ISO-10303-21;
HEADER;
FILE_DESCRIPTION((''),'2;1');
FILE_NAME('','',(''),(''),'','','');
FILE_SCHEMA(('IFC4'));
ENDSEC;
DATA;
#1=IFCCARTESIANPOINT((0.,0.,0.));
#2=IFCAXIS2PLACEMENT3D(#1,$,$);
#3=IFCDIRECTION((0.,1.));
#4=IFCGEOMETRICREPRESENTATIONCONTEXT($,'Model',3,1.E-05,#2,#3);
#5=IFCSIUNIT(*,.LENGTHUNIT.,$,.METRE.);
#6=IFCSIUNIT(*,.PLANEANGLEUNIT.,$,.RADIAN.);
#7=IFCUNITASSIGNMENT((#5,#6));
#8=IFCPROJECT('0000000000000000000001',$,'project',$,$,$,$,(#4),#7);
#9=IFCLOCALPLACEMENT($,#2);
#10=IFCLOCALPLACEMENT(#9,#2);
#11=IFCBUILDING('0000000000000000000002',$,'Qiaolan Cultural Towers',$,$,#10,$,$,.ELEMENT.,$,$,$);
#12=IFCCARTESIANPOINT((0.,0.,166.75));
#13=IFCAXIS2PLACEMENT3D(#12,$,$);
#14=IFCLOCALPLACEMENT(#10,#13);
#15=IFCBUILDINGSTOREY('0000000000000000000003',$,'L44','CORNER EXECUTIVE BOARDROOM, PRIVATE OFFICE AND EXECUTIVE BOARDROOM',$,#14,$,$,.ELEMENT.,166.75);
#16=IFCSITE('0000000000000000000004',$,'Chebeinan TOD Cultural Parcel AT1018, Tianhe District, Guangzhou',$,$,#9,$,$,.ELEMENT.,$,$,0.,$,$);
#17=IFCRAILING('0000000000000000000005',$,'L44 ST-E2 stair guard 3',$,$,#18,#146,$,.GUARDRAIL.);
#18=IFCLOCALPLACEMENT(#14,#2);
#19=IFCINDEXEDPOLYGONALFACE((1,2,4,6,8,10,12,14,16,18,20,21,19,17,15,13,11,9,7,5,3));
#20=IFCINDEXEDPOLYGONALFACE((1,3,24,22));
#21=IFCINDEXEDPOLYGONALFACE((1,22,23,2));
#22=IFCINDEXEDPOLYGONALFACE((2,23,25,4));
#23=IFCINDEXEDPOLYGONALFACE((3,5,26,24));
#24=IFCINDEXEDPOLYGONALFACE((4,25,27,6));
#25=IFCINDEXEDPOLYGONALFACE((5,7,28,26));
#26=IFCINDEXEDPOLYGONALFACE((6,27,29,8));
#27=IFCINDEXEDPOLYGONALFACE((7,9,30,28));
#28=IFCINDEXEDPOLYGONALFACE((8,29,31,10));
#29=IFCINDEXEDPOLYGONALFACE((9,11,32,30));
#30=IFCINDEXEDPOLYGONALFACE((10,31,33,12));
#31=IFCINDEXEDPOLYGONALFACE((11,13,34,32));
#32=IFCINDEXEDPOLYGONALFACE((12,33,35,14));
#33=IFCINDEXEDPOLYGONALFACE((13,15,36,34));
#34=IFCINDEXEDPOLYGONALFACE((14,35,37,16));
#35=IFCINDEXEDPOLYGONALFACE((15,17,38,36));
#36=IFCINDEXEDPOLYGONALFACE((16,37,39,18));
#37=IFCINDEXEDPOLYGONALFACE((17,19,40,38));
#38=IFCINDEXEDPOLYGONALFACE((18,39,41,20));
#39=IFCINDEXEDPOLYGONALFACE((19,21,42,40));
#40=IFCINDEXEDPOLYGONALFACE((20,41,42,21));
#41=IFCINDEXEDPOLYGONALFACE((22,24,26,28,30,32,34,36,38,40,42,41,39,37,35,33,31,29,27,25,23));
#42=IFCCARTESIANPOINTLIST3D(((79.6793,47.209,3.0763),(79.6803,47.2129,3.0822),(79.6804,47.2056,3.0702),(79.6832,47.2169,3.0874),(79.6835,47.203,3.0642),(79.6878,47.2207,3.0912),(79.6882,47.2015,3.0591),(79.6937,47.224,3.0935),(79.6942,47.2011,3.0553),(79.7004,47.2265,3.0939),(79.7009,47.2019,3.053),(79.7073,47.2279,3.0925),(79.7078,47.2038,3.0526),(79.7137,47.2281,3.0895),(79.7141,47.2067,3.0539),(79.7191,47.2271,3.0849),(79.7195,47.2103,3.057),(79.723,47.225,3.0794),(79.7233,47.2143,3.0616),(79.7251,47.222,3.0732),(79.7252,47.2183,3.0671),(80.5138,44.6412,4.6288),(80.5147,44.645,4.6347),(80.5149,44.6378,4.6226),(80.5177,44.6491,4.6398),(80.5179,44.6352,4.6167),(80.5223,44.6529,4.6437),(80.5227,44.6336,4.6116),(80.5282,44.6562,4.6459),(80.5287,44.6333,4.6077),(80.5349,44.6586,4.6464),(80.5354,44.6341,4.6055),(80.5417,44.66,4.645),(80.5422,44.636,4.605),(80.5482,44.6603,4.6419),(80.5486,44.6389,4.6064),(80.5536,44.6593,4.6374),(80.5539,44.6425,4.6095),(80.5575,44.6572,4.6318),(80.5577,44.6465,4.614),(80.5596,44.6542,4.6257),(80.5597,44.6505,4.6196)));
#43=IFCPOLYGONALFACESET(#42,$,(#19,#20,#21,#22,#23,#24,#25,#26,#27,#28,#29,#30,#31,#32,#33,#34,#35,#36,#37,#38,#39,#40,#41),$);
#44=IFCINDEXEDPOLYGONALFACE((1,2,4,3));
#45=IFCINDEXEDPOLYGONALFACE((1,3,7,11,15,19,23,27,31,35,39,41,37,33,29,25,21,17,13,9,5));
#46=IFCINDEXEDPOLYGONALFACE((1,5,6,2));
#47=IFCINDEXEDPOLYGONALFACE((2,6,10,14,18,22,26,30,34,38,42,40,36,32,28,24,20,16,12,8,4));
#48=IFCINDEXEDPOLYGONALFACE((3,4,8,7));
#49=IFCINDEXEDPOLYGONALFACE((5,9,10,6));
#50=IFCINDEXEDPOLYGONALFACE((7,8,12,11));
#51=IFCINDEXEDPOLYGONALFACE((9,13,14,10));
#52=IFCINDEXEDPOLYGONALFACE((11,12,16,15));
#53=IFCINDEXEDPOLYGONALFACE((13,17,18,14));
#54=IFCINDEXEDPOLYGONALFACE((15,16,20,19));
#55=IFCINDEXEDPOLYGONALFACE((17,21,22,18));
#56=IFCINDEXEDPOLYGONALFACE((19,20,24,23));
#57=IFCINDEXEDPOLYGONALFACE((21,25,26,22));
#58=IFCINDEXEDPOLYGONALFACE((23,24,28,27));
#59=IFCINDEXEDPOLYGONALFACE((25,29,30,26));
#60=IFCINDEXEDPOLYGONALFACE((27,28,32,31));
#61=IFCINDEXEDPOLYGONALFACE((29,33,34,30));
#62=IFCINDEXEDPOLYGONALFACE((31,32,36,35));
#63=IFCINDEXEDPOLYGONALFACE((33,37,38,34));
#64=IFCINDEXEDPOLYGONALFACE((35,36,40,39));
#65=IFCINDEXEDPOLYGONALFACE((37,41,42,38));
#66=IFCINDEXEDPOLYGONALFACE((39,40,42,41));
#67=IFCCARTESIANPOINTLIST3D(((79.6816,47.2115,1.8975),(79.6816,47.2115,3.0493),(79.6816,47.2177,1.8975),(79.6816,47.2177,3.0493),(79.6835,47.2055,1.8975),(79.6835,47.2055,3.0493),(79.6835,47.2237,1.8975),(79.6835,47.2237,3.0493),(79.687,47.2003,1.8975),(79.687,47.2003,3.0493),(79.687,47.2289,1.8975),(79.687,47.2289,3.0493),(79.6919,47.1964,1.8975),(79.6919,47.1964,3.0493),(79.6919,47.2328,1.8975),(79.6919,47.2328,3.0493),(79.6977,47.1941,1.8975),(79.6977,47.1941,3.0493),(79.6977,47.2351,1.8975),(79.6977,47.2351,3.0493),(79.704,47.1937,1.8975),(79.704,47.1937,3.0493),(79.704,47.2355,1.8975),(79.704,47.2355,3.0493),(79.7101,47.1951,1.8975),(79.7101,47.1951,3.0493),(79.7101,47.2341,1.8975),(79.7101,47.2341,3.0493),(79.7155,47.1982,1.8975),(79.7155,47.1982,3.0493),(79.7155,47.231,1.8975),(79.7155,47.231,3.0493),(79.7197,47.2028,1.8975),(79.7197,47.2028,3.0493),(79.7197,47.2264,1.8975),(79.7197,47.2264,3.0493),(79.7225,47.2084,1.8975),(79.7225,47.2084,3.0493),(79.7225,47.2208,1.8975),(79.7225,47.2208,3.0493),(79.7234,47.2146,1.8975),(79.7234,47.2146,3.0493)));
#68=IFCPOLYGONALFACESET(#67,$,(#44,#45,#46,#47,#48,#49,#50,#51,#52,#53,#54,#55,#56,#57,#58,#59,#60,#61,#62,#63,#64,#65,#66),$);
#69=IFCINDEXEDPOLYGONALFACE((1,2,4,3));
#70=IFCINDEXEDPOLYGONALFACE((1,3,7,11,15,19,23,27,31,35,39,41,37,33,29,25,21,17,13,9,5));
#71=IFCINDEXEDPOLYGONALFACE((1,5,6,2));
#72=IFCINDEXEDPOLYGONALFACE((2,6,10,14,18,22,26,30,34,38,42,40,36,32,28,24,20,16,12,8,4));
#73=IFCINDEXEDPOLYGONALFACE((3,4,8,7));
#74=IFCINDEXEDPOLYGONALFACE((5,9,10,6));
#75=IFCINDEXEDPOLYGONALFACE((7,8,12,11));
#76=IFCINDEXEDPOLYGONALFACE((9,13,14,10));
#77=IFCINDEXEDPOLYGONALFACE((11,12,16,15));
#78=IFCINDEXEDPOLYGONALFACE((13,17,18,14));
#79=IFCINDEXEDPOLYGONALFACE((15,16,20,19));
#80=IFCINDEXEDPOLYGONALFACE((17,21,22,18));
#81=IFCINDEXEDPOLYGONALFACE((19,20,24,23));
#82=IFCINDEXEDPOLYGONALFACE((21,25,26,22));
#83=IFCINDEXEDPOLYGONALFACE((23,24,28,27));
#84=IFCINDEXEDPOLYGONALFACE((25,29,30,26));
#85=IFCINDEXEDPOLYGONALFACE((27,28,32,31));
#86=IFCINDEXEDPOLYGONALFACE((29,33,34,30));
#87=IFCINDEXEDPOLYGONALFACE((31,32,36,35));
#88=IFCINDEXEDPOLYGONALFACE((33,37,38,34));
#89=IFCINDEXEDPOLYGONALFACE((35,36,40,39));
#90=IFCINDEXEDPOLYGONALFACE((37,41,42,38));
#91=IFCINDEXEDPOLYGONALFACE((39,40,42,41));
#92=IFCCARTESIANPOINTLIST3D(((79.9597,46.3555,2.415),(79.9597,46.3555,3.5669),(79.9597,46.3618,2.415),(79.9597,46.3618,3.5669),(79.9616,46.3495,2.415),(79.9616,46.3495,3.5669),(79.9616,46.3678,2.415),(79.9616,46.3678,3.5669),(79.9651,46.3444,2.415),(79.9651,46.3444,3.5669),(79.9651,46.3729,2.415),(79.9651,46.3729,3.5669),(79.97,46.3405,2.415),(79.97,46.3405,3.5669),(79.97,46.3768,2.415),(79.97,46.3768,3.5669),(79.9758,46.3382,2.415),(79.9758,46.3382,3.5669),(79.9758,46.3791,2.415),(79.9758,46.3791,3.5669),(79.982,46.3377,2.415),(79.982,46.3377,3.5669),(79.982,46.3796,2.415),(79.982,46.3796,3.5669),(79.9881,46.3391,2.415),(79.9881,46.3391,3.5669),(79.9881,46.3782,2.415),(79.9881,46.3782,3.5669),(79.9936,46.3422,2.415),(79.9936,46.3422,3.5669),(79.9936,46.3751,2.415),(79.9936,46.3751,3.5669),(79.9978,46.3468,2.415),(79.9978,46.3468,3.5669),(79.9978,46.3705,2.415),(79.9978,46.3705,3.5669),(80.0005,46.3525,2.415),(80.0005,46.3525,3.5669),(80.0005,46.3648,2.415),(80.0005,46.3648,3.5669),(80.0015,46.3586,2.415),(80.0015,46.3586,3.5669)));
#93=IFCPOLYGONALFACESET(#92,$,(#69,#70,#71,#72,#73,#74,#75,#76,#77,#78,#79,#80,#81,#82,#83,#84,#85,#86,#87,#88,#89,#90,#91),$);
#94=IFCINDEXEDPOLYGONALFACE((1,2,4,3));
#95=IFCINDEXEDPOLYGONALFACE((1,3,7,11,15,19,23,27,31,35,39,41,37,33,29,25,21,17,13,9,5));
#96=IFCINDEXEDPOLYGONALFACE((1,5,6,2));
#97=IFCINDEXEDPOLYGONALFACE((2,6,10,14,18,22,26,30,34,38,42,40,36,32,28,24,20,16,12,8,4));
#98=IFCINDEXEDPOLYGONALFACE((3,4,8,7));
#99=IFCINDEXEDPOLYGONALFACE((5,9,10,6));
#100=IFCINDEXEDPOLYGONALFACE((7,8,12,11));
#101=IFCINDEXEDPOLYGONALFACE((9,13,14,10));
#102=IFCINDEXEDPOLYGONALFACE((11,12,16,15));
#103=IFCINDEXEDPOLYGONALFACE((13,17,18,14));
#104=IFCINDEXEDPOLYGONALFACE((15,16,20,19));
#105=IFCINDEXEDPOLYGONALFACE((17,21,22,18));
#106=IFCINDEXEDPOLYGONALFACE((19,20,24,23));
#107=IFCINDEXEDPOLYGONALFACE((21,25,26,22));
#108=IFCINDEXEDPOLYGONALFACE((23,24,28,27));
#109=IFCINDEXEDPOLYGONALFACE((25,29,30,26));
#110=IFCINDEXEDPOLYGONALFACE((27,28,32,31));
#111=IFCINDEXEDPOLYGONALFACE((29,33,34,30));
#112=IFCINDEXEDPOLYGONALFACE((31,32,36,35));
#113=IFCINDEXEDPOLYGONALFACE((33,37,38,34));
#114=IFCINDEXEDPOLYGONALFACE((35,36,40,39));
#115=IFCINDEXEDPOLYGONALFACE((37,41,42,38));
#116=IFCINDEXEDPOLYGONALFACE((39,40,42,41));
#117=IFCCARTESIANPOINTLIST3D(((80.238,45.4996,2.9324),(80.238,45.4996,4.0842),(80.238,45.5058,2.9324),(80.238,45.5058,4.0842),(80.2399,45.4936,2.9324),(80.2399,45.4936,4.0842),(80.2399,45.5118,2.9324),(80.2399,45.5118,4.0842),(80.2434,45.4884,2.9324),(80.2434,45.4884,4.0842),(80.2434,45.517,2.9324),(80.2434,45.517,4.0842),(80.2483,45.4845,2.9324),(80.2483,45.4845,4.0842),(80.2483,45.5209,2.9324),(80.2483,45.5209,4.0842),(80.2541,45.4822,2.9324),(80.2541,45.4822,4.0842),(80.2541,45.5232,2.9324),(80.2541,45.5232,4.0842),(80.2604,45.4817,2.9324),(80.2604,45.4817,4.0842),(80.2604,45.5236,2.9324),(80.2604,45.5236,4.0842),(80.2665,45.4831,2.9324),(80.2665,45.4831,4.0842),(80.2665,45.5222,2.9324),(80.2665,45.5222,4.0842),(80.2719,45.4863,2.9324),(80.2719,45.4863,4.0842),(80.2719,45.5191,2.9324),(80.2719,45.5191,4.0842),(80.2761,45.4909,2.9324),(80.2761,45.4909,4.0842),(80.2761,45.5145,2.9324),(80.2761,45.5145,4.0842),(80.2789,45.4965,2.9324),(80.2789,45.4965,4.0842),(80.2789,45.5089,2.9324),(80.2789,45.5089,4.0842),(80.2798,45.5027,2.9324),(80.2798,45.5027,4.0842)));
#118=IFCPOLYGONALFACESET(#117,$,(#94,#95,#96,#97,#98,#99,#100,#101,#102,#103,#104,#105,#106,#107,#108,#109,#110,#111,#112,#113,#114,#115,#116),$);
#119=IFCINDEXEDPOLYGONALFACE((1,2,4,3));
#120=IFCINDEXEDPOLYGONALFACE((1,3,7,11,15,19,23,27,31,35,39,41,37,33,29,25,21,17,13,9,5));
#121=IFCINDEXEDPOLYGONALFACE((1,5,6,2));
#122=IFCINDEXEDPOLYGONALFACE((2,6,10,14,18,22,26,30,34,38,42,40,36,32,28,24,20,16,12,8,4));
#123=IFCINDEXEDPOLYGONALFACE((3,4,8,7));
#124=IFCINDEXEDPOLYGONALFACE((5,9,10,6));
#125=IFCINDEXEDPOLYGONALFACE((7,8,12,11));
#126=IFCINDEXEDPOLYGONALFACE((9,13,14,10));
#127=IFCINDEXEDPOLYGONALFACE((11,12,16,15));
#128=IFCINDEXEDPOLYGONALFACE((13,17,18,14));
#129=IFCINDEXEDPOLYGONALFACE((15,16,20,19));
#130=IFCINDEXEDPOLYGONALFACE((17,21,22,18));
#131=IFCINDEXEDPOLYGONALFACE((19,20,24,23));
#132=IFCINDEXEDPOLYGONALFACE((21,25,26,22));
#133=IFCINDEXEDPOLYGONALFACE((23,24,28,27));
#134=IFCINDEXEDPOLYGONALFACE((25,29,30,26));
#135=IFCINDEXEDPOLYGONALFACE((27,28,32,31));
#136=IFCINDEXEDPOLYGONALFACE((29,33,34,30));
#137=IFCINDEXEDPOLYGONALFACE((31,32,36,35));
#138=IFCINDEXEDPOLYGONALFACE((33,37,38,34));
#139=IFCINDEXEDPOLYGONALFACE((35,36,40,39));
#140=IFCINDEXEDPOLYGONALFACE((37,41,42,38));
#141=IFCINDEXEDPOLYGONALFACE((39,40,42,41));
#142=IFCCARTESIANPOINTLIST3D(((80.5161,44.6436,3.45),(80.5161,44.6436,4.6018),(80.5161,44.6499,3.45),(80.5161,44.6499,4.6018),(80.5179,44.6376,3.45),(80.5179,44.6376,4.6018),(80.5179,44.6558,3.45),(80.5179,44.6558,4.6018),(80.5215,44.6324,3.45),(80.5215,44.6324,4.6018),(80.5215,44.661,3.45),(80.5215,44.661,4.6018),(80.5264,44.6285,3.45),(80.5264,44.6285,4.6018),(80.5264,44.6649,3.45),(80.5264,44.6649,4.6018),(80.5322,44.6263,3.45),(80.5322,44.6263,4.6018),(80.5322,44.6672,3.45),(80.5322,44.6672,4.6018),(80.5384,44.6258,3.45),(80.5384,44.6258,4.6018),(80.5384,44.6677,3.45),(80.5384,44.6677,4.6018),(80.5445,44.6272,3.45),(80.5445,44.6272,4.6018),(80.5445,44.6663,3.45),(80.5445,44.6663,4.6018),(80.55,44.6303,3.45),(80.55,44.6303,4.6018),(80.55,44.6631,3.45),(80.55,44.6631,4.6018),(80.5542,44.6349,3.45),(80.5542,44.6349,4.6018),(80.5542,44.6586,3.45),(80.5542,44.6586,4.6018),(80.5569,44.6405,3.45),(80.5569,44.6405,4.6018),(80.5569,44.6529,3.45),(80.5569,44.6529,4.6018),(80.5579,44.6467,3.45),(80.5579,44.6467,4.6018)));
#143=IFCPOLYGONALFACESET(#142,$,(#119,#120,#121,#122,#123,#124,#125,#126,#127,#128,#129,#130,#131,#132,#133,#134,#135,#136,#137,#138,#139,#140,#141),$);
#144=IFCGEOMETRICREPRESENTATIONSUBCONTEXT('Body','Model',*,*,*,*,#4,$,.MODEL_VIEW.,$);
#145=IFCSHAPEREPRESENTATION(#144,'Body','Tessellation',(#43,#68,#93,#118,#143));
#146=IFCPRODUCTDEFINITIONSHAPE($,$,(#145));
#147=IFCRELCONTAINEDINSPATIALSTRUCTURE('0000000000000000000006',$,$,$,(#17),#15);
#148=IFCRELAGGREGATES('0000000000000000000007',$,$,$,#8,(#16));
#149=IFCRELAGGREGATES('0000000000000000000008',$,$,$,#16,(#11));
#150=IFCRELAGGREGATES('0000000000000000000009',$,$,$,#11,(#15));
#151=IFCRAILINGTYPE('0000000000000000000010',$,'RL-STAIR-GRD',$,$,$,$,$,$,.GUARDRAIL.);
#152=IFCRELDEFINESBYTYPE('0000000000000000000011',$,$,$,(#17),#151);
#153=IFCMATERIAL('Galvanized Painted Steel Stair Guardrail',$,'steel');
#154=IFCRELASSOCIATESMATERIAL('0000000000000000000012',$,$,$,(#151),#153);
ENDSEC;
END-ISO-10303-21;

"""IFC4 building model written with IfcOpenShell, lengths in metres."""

from ifc_helpers import new_model, si_unit, direction, frame, origin, origin_2d, place, context, subcontext, project, spatial, circle, extrude, material, type_object, element, save


model = new_model("IFC4")

# Units and contexts
model_context = context("Model", 3, precision=1e-05, world=origin(), true_north=direction((0.0, 1.0)))
body_context = subcontext(model_context, "Body", "Model", "MODEL_VIEW")
ifc_project = project(units=[si_unit("LENGTHUNIT", "METRE"), si_unit("PLANEANGLEUNIT", "RADIAN")], contexts=[model_context])

# Site, building, storey
site_placement = place(None, origin())
site = spatial("IfcSite", under=ifc_project, at=site_placement, Name="Chebeinan TOD Cultural Parcel AT1018, Tianhe District, Guangzhou", CompositionType="ELEMENT", RefElevation=0.0)
building_placement = place(site_placement, origin())
building = spatial("IfcBuilding", under=site, at=building_placement, Name="Qiaolan Cultural Towers", CompositionType="ELEMENT")
storey_placement = place(building_placement, frame((0.0, 0.0, 166.75)))
storey = spatial("IfcBuildingStorey", under=building, at=storey_placement, Name="L44", Description="CORNER EXECUTIVE BOARDROOM, PRIVATE OFFICE AND EXECUTIVE BOARDROOM", CompositionType="ELEMENT", Elevation=166.75)

# Railing
ifc_material_1 = material(Name="Galvanized Painted Steel Stair Guardrail", Category="steel")
railing_type_1 = type_object("IfcRailingType", Name="RL-STAIR-GRD", PredefinedType="GUARDRAIL", material=ifc_material_1)
railing_1_placement = place(storey_placement, frame((79.7024, 47.2146, 1.8975)))
element("IfcRailing", 1, at=railing_1_placement, inside=storey, type_object=railing_type_1, Name="L44 ST-E2 stair guard 3", PredefinedType="GUARDRAIL", context=body_context, shape_type="SweptSolid", body=[
    extrude(circle(Radius=0.0239, at=origin_2d()), frame((0.0, 0.0, 1.1758), z_axis=(0.267926, -0.824471, 0.498461), x_axis=(0.951043, 0.309057, 0.0)), (0.0, 0.0, 1.0), 3.1145),
    extrude(circle(Radius=0.021, at=origin_2d()), origin(), (0.0, 0.0, 1.0), 1.1519),
    extrude(circle(Radius=0.021, at=origin_2d()), frame((0.2781, -0.856, 0.5176)), (0.0, 0.0, 1.0), 1.1519),
    extrude(circle(Radius=0.021, at=origin_2d()), frame((0.5564, -1.7119, 1.0349)), (0.0, 0.0, 1.0), 1.1519),
    extrude(circle(Radius=0.021, at=origin_2d()), frame((0.8345, -2.5679, 1.5525)), (0.0, 0.0, 1.0), 1.1519),
])

save(model, "model.ifc")
